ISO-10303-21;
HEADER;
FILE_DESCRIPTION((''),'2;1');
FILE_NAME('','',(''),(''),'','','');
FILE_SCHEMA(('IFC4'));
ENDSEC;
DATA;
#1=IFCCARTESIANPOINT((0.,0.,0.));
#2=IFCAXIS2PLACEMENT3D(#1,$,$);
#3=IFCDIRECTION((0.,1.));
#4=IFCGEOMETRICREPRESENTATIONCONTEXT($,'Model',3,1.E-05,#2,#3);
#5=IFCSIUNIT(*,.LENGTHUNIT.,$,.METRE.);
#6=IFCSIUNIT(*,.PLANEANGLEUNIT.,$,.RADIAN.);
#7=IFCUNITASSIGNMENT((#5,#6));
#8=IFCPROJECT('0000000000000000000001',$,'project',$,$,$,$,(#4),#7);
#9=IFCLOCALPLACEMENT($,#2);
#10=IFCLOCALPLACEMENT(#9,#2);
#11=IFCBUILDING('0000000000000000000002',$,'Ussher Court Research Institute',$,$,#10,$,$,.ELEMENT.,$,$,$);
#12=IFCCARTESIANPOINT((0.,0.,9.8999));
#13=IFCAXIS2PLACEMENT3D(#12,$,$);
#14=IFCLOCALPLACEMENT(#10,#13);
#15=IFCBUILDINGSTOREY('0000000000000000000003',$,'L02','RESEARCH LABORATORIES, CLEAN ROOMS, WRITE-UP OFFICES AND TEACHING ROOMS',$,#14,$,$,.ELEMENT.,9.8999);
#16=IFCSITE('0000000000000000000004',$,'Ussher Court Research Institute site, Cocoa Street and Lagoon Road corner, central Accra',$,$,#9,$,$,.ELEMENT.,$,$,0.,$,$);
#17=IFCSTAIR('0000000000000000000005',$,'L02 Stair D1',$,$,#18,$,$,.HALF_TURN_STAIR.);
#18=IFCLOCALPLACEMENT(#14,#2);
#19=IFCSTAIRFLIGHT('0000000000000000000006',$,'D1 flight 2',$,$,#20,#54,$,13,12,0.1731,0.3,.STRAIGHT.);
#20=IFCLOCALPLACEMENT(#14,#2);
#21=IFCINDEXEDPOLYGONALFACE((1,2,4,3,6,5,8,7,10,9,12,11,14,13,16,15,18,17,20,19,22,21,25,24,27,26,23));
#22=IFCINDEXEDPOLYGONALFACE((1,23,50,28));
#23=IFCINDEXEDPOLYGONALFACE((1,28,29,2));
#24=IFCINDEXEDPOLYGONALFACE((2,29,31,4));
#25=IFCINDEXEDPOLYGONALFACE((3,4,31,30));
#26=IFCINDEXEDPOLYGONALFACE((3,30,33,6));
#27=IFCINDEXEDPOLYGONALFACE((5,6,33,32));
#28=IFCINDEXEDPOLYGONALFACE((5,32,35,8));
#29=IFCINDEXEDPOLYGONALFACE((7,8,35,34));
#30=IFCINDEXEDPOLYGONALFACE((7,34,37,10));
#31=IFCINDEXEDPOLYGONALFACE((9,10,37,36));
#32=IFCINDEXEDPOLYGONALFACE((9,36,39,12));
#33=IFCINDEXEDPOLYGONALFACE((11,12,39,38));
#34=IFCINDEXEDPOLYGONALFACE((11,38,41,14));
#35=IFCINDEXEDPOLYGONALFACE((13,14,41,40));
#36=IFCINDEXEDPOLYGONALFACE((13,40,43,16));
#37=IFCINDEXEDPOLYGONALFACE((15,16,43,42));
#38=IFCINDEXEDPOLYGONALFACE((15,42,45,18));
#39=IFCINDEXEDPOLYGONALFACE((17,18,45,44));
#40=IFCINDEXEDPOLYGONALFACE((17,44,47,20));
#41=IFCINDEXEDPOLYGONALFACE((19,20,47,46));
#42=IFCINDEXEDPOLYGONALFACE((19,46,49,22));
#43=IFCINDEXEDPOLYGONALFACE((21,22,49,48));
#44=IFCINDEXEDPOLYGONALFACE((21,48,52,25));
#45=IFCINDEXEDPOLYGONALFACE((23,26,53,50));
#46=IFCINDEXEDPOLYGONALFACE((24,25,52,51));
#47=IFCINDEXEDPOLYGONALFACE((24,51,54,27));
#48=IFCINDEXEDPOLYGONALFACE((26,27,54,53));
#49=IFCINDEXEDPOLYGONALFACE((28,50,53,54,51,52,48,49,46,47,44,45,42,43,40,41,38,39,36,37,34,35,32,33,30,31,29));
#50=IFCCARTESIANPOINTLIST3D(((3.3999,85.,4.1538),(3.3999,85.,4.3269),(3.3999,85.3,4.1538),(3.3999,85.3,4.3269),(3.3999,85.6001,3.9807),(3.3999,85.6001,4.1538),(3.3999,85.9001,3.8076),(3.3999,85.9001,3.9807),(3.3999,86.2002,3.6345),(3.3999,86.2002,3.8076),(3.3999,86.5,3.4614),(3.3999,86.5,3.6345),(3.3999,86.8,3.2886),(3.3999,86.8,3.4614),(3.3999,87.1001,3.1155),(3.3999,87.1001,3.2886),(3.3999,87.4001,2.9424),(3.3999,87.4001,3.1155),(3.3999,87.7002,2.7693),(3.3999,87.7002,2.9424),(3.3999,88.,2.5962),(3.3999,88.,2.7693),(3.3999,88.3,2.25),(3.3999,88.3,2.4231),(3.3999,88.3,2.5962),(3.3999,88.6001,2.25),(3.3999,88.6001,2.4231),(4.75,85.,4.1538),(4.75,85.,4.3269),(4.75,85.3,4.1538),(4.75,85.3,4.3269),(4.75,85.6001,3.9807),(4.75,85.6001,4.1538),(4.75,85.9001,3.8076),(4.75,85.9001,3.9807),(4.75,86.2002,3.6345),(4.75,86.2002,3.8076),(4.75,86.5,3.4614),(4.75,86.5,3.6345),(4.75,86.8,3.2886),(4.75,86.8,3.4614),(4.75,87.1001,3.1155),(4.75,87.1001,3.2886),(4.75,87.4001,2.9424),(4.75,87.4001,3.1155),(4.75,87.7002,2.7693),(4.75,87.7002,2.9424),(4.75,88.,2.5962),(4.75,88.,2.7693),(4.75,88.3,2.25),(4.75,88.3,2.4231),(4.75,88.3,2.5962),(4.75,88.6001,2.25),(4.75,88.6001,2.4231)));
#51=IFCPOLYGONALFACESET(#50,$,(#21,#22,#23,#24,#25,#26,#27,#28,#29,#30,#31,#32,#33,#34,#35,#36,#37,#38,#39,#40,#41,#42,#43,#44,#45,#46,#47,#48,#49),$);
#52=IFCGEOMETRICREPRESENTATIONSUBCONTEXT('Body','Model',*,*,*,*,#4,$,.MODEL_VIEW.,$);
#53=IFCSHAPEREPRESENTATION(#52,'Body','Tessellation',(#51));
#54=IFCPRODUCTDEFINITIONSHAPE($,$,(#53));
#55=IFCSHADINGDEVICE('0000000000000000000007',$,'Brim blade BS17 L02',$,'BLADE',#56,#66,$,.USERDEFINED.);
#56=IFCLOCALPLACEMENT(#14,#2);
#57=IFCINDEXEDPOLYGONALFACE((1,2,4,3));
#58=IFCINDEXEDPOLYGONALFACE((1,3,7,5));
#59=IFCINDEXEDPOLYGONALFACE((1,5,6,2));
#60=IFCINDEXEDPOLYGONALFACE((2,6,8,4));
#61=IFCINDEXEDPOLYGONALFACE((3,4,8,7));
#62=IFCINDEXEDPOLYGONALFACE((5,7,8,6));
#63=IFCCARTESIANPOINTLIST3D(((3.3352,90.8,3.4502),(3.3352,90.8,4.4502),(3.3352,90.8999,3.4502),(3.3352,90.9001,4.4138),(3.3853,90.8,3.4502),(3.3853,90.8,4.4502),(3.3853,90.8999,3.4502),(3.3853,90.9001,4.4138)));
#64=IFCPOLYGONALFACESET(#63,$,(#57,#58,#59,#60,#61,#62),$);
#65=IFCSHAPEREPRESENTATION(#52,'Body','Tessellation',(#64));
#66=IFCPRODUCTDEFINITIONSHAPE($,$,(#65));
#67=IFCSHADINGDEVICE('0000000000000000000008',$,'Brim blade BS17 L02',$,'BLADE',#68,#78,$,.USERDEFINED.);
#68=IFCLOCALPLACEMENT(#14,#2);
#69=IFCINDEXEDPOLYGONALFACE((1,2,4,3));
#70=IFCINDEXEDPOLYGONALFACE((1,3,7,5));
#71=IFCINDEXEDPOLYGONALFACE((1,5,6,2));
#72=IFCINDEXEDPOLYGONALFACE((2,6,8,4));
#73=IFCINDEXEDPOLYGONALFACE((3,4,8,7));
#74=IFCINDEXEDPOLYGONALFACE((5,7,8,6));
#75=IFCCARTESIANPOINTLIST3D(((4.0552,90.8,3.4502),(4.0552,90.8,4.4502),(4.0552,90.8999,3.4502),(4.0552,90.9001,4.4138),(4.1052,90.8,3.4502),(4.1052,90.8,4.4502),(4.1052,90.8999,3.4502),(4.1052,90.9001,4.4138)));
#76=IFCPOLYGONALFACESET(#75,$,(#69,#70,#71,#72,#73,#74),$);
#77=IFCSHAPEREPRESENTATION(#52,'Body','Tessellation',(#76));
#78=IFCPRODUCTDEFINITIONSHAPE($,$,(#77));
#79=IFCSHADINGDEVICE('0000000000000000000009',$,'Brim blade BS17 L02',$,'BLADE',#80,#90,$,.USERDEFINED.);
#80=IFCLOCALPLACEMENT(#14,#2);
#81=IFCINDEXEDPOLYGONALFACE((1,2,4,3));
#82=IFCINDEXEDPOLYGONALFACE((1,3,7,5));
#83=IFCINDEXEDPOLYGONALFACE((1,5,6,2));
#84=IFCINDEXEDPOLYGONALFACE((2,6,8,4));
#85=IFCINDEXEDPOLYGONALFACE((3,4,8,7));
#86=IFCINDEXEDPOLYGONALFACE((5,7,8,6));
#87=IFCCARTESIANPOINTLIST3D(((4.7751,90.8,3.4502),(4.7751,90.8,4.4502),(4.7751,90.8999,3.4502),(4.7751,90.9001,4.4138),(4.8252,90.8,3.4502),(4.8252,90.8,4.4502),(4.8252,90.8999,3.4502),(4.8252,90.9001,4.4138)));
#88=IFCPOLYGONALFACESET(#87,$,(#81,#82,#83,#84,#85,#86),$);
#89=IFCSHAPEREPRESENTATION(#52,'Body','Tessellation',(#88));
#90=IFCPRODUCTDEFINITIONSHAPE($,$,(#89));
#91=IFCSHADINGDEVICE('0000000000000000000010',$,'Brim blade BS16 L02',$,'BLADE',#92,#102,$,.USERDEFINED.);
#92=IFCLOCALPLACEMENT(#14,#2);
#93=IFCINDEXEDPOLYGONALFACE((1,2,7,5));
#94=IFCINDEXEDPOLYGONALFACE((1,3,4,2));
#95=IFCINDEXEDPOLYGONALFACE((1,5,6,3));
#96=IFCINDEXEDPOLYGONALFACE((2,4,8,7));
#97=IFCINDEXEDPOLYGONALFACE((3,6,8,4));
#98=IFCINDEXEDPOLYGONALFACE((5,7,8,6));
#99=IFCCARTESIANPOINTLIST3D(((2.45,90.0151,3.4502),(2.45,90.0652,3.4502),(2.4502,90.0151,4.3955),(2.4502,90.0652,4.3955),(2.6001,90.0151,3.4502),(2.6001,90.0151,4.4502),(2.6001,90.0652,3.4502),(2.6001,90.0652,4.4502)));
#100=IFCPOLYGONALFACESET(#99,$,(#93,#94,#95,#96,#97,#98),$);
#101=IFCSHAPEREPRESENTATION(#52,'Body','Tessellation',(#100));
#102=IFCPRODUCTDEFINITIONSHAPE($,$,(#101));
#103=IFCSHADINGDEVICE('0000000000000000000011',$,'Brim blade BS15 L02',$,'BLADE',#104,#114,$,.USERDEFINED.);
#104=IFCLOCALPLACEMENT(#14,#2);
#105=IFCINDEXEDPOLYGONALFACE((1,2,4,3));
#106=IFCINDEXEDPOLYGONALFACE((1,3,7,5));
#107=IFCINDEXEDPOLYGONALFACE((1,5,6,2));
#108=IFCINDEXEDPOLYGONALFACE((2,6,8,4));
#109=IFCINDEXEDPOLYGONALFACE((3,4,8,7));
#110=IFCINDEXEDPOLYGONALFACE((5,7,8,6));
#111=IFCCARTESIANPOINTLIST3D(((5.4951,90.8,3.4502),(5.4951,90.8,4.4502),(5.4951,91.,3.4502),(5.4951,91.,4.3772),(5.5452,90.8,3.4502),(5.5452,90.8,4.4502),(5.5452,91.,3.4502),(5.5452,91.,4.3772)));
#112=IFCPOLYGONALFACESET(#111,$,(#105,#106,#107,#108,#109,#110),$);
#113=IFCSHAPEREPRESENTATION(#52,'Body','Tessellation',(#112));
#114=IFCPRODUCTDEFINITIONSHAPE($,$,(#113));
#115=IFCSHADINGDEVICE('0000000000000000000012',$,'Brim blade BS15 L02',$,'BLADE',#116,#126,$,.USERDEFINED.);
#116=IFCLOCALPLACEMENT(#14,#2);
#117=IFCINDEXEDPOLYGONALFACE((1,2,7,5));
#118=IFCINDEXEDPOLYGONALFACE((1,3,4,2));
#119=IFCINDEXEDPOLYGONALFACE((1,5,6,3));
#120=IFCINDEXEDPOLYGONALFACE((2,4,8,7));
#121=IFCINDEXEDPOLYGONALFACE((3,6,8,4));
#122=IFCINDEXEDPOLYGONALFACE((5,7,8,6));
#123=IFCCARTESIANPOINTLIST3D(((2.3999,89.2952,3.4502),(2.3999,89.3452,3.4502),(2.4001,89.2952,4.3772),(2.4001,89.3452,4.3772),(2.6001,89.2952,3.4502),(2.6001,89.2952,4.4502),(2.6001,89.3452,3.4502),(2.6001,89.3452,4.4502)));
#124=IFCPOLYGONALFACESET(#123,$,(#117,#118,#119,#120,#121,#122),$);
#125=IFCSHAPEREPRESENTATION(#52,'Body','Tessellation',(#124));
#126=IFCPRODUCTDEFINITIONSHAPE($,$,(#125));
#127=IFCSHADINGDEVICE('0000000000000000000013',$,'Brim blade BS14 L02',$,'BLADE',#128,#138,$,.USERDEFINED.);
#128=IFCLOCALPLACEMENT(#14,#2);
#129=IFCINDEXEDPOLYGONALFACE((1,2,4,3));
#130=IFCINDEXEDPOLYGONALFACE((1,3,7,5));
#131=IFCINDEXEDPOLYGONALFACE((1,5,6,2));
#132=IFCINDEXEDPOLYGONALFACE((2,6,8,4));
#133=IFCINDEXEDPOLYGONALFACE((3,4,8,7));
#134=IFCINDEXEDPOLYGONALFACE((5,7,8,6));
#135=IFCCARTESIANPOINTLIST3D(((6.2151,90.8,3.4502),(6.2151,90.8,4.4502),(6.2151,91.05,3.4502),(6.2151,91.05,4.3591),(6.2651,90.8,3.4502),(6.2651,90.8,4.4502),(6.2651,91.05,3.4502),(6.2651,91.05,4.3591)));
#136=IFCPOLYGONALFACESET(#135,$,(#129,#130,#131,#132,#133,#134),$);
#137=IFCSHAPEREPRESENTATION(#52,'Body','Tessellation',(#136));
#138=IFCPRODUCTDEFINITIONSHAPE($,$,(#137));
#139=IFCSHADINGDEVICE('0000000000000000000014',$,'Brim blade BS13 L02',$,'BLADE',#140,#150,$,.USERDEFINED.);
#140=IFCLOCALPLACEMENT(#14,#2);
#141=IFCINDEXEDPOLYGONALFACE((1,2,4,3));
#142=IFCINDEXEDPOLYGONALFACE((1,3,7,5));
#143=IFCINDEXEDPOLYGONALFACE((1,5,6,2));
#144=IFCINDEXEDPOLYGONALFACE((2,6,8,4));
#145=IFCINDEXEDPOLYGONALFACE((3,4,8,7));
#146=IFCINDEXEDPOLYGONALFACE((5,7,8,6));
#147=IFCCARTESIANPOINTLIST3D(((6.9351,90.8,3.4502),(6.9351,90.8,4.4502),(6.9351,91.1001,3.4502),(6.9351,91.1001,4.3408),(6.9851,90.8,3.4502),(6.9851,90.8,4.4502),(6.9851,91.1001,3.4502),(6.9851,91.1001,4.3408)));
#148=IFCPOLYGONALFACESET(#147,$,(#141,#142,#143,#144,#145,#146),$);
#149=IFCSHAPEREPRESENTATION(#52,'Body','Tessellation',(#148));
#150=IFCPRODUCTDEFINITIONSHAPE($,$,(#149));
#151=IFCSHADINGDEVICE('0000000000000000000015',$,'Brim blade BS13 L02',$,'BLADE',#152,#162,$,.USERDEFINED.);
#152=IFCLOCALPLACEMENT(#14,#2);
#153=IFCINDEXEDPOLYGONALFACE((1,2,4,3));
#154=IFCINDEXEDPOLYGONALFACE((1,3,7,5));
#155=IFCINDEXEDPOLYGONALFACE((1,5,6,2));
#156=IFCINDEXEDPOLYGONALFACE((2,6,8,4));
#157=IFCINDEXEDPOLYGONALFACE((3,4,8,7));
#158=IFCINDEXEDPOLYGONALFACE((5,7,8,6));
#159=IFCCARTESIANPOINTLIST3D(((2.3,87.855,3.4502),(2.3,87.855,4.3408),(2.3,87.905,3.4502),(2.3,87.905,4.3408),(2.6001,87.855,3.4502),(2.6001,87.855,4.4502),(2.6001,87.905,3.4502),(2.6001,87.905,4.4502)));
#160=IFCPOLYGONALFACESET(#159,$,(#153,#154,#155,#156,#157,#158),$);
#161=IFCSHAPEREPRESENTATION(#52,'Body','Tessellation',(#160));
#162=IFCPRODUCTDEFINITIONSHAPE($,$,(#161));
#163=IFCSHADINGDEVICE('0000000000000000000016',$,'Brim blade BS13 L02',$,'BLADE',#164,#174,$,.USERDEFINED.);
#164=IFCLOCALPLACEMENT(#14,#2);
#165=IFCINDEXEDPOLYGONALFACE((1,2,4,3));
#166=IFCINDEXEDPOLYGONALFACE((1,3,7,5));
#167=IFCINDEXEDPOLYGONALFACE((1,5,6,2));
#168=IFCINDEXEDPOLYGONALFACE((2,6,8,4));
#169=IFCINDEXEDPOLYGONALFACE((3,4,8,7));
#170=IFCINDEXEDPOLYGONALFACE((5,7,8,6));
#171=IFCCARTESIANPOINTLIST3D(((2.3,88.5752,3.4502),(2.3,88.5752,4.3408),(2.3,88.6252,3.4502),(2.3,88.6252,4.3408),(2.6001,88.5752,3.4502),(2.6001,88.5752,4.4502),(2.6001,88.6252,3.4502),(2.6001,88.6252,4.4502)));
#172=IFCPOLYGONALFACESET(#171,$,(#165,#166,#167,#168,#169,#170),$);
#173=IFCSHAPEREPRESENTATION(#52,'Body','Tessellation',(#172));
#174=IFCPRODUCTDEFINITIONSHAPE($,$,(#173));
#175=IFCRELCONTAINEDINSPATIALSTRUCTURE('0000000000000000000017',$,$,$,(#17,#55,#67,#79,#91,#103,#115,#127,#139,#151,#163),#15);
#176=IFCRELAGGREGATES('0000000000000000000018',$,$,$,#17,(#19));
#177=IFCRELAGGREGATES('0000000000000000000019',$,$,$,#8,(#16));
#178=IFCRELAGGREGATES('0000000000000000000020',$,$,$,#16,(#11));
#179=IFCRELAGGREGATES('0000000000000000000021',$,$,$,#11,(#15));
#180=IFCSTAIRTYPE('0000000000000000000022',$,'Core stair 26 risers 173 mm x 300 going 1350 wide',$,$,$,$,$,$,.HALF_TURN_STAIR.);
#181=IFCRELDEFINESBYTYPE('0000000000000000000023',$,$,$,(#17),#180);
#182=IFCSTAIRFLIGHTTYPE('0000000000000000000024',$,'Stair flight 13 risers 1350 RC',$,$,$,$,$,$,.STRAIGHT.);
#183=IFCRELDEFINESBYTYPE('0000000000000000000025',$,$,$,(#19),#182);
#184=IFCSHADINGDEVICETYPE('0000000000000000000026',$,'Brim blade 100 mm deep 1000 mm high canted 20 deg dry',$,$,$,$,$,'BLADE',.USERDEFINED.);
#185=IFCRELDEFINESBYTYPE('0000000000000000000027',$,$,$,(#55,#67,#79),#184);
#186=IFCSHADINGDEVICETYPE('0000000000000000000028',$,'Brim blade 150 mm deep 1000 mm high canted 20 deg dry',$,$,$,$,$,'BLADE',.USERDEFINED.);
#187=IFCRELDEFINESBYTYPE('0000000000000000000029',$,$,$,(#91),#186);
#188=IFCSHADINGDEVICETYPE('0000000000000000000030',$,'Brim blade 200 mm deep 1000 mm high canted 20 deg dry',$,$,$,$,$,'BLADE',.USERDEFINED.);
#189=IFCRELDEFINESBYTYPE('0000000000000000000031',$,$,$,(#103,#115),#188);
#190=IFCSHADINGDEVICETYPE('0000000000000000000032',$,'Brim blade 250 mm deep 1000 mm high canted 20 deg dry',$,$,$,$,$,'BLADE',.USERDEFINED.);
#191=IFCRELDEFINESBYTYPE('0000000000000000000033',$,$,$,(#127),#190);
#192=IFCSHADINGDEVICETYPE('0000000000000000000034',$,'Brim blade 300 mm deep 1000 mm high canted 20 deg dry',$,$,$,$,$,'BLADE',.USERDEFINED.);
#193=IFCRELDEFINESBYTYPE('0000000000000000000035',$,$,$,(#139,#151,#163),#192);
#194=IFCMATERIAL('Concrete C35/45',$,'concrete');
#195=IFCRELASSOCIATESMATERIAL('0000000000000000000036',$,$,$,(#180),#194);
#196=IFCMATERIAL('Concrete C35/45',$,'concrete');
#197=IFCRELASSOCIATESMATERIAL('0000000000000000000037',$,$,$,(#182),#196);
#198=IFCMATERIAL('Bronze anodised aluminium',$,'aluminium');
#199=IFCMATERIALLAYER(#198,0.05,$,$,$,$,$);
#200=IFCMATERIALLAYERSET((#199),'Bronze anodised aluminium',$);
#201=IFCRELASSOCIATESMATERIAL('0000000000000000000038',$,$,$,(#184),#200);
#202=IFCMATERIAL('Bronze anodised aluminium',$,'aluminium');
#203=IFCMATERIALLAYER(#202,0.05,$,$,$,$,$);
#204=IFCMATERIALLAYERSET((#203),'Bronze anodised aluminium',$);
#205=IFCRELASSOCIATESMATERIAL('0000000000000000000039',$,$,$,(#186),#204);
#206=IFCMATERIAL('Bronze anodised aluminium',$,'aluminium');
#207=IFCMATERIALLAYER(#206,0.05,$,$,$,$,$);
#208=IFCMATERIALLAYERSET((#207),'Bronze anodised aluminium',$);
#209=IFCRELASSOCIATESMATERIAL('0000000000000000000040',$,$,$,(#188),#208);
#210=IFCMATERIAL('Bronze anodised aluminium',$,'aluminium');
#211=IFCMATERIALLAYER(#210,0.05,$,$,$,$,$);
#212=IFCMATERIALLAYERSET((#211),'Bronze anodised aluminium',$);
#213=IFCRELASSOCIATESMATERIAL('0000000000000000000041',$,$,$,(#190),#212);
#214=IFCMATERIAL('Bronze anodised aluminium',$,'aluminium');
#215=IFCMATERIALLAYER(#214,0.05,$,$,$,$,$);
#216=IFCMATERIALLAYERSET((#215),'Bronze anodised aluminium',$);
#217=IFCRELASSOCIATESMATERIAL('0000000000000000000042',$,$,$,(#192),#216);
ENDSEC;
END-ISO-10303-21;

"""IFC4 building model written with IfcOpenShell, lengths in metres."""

from ifc_helpers import new_model, si_unit, direction, frame, origin, place, context, subcontext, project, spatial, polyline, outline, extrude, material, layer, layer_set, type_object, element, aggregate, save


model = new_model("IFC4")

# Units and contexts
model_context = context("Model", 3, precision=1e-05, world=origin(), true_north=direction((0.0, 1.0)))
body_context = subcontext(model_context, "Body", "Model", "MODEL_VIEW")
ifc_project = project(units=[si_unit("LENGTHUNIT", "METRE"), si_unit("PLANEANGLEUNIT", "RADIAN")], contexts=[model_context])

# Site, building, storey
site_placement = place(None, origin())
site = spatial("IfcSite", under=ifc_project, at=site_placement, Name="Ussher Court Research Institute site, Cocoa Street and Lagoon Road corner, central Accra", CompositionType="ELEMENT", RefElevation=0.0)
building_placement = place(site_placement, origin())
building = spatial("IfcBuilding", under=site, at=building_placement, Name="Ussher Court Research Institute", CompositionType="ELEMENT")
storey_placement = place(building_placement, frame((0.0, 0.0, 9.8999)))
storey = spatial("IfcBuildingStorey", under=building, at=storey_placement, Name="L02", Description="RESEARCH LABORATORIES, CLEAN ROOMS, WRITE-UP OFFICES AND TEACHING ROOMS", CompositionType="ELEMENT", Elevation=9.8999)

# Stair, stair flight
ifc_material_1 = material(Name="Concrete C35/45", Category="concrete")
stair_type = type_object("IfcStairType", Name="Core stair 26 risers 173 mm x 300 going 1350 wide", PredefinedType="HALF_TURN_STAIR", material=ifc_material_1)
stair_placement = place(storey_placement, origin())
stair = element("IfcStair", 1, at=stair_placement, inside=storey, type_object=stair_type, Name="L02 Stair D1", PredefinedType="HALF_TURN_STAIR")
ifc_material_2 = material(Name="Concrete C35/45", Category="concrete")
stair_flight_type = type_object("IfcStairFlightType", Name="Stair flight 13 risers 1350 RC", PredefinedType="STRAIGHT", material=ifc_material_2)
stair_flight_placement = place(storey_placement, frame((4.075, 88.6001, 2.25), z_axis=(0.0, 0.0, 1.0), x_axis=(0.0, -1.0, 0.0)))
stair_flight = element("IfcStairFlight", 2, at=stair_flight_placement, type_object=stair_flight_type, Name="D1 flight 2", NumberOfRisers=13, NumberOfTreads=12, PredefinedType="STRAIGHT", RiserHeight=0.1731, TreadLength=0.3, context=body_context, shape_type="SweptSolid", body=[
    extrude(outline(polyline([(0.0, 0.0), (0.0, 0.1731), (0.3, 0.1731), (0.3, 0.3462), (0.6001, 0.3462), (0.6001, 0.5193), (0.8999, 0.5193), (0.8999, 0.6924), (1.2, 0.6924), (1.2, 0.8655), (1.5, 0.8655), (1.5, 1.0386), (1.8, 1.0386), (1.8, 1.2114), (2.1001, 1.2114), (2.1001, 1.3845), (2.3999, 1.3845), (2.3999, 1.5576), (2.7, 1.5576), (2.7, 1.7307), (3.0, 1.7307), (3.0, 1.9038), (3.3, 1.9038), (3.3, 2.0769), (3.6001, 2.0769), (3.6001, 2.25), (3.6001, 1.9038), (0.3, 0.0), (0.0, 0.0)])), frame((0.0, 0.675, 0.0), z_axis=(0.0, -1.0, 0.0), x_axis=(1.0, 0.0, 0.0)), (0.0, 0.0, 1.0), 1.3501),
])
aggregate(stair, [stair_flight])

# Shading devices
ifc_material_3 = material(Name="Bronze anodised aluminium", Category="aluminium")
ifc_layer_1 = layer(ifc_material_3, 0.05)
ifc_layer_set_1 = layer_set([ifc_layer_1], Name="Bronze anodised aluminium")
shading_device_type_1 = type_object("IfcShadingDeviceType", Name="Brim blade 100 mm deep 1000 mm high canted 20 deg dry", ElementType="BLADE", PredefinedType="USERDEFINED", material=ifc_layer_set_1)
for number, where, z_axis, x_axis, name in (
    (3, (3.3601, 90.8, 3.4502), (0.0, 0.0, 1.0), (0.0, 1.0, 0.0), "Brim blade BS17 L02"),
    (4, (4.0801, 90.8, 3.4502), (0.0, 0.0, 1.0), (0.0, 1.0, 0.0), "Brim blade BS17 L02"),
    (5, (4.8, 90.8, 3.4502), (0.0, 0.0, 1.0), (0.0, 1.0, 0.0), "Brim blade BS17 L02"),
):
    element("IfcShadingDevice", number, at=place(storey_placement, frame(where, z_axis=z_axis, x_axis=x_axis)), inside=storey, type_object=shading_device_type_1, Name=name, ObjectType="BLADE", PredefinedType="USERDEFINED", context=body_context, shape_type="SweptSolid", body=[
        extrude(outline(polyline([(0.0, 0.0), (0.0999, 0.0), (0.1001, 0.9636), (0.0, 1.0), (0.0, 0.0)])), frame((0.0, 0.0249, 0.0), z_axis=(0.0, -1.0, 0.0), x_axis=(1.0, 0.0, 0.0)), (0.0, 0.0, 1.0), 0.05),
    ])
ifc_material_4 = material(Name="Bronze anodised aluminium", Category="aluminium")
ifc_layer_2 = layer(ifc_material_4, 0.05)
ifc_layer_set_2 = layer_set([ifc_layer_2], Name="Bronze anodised aluminium")
shading_device_type_2 = type_object("IfcShadingDeviceType", Name="Brim blade 150 mm deep 1000 mm high canted 20 deg dry", ElementType="BLADE", PredefinedType="USERDEFINED", material=ifc_layer_set_2)
shading_device_1_placement = place(storey_placement, frame((2.6001, 90.04, 3.4502), z_axis=(0.0, 0.0, 1.0), x_axis=(-1.0, 0.0, 0.0)))
element("IfcShadingDevice", 6, at=shading_device_1_placement, inside=storey, type_object=shading_device_type_2, Name="Brim blade BS16 L02", ObjectType="BLADE", PredefinedType="USERDEFINED", context=body_context, shape_type="SweptSolid", body=[
    extrude(outline(polyline([(0.0, 0.0), (0.1501, 0.0), (0.1499, 0.9453), (0.0, 1.0), (0.0, 0.0)])), frame((0.0, 0.0249, 0.0), z_axis=(0.0, -1.0, 0.0), x_axis=(1.0, 0.0, 0.0)), (0.0, 0.0, 1.0), 0.05),
])
ifc_material_5 = material(Name="Bronze anodised aluminium", Category="aluminium")
ifc_layer_3 = layer(ifc_material_5, 0.05)
ifc_layer_set_3 = layer_set([ifc_layer_3], Name="Bronze anodised aluminium")
shading_device_type_3 = type_object("IfcShadingDeviceType", Name="Brim blade 200 mm deep 1000 mm high canted 20 deg dry", ElementType="BLADE", PredefinedType="USERDEFINED", material=ifc_layer_set_3)
shading_device_2_placement = place(storey_placement, frame((5.52, 90.8, 3.4502), z_axis=(0.0, 0.0, 1.0), x_axis=(0.0, 1.0, 0.0)))
element("IfcShadingDevice", 7, at=shading_device_2_placement, inside=storey, type_object=shading_device_type_3, Name="Brim blade BS15 L02", ObjectType="BLADE", PredefinedType="USERDEFINED", context=body_context, shape_type="SweptSolid", body=[
    extrude(outline(polyline([(0.0, 0.0), (0.2, 0.0), (0.2, 0.927), (0.0, 1.0), (0.0, 0.0)])), frame((0.0, 0.0249, 0.0), z_axis=(0.0, -1.0, 0.0), x_axis=(1.0, 0.0, 0.0)), (0.0, 0.0, 1.0), 0.05),
])
shading_device_3_placement = place(storey_placement, frame((2.6001, 89.3201, 3.4502), z_axis=(0.0, 0.0, 1.0), x_axis=(-1.0, 0.0, 0.0)))
element("IfcShadingDevice", 8, at=shading_device_3_placement, inside=storey, type_object=shading_device_type_3, Name="Brim blade BS15 L02", ObjectType="BLADE", PredefinedType="USERDEFINED", context=body_context, shape_type="SweptSolid", body=[
    extrude(outline(polyline([(0.0, 0.0), (0.2002, 0.0), (0.2, 0.927), (0.0, 1.0), (0.0, 0.0)])), frame((0.0, 0.0249, 0.0), z_axis=(0.0, -1.0, 0.0), x_axis=(1.0, 0.0, 0.0)), (0.0, 0.0, 1.0), 0.05),
])
ifc_material_6 = material(Name="Bronze anodised aluminium", Category="aluminium")
ifc_layer_4 = layer(ifc_material_6, 0.05)
ifc_layer_set_4 = layer_set([ifc_layer_4], Name="Bronze anodised aluminium")
shading_device_type_4 = type_object("IfcShadingDeviceType", Name="Brim blade 250 mm deep 1000 mm high canted 20 deg dry", ElementType="BLADE", PredefinedType="USERDEFINED", material=ifc_layer_set_4)
shading_device_4_placement = place(storey_placement, frame((6.24, 90.8, 3.4502), z_axis=(0.0, 0.0, 1.0), x_axis=(0.0, 1.0, 0.0)))
element("IfcShadingDevice", 9, at=shading_device_4_placement, inside=storey, type_object=shading_device_type_4, Name="Brim blade BS14 L02", ObjectType="BLADE", PredefinedType="USERDEFINED", context=body_context, shape_type="SweptSolid", body=[
    extrude(outline(polyline([(0.0, 0.0), (0.25, 0.0), (0.25, 0.9089), (0.0, 1.0), (0.0, 0.0)])), frame((0.0, 0.0249, 0.0), z_axis=(0.0, -1.0, 0.0), x_axis=(1.0, 0.0, 0.0)), (0.0, 0.0, 1.0), 0.05),
])
ifc_material_7 = material(Name="Bronze anodised aluminium", Category="aluminium")
ifc_layer_5 = layer(ifc_material_7, 0.05)
ifc_layer_set_5 = layer_set([ifc_layer_5], Name="Bronze anodised aluminium")
shading_device_type_5 = type_object("IfcShadingDeviceType", Name="Brim blade 300 mm deep 1000 mm high canted 20 deg dry", ElementType="BLADE", PredefinedType="USERDEFINED", material=ifc_layer_set_5)
for number, where, z_axis, x_axis, name in (
    (10, (6.96, 90.8, 3.4502), (0.0, 0.0, 1.0), (0.0, 1.0, 0.0), "Brim blade BS13 L02"),
    (11, (2.6001, 87.8799, 3.4502), (0.0, 0.0, 1.0), (-1.0, 0.0, 0.0), "Brim blade BS13 L02"),
    (12, (2.6001, 88.6001, 3.4502), (0.0, 0.0, 1.0), (-1.0, 0.0, 0.0), "Brim blade BS13 L02"),
):
    element("IfcShadingDevice", number, at=place(storey_placement, frame(where, z_axis=z_axis, x_axis=x_axis)), inside=storey, type_object=shading_device_type_5, Name=name, ObjectType="BLADE", PredefinedType="USERDEFINED", context=body_context, shape_type="SweptSolid", body=[
        extrude(outline(polyline([(0.0, 0.0), (0.3, 0.0), (0.3, 0.8906), (0.0, 1.0), (0.0, 0.0)])), frame((0.0, 0.0249, 0.0), z_axis=(0.0, -1.0, 0.0), x_axis=(1.0, 0.0, 0.0)), (0.0, 0.0, 1.0), 0.05),
    ])

save(model, "model.ifc")
